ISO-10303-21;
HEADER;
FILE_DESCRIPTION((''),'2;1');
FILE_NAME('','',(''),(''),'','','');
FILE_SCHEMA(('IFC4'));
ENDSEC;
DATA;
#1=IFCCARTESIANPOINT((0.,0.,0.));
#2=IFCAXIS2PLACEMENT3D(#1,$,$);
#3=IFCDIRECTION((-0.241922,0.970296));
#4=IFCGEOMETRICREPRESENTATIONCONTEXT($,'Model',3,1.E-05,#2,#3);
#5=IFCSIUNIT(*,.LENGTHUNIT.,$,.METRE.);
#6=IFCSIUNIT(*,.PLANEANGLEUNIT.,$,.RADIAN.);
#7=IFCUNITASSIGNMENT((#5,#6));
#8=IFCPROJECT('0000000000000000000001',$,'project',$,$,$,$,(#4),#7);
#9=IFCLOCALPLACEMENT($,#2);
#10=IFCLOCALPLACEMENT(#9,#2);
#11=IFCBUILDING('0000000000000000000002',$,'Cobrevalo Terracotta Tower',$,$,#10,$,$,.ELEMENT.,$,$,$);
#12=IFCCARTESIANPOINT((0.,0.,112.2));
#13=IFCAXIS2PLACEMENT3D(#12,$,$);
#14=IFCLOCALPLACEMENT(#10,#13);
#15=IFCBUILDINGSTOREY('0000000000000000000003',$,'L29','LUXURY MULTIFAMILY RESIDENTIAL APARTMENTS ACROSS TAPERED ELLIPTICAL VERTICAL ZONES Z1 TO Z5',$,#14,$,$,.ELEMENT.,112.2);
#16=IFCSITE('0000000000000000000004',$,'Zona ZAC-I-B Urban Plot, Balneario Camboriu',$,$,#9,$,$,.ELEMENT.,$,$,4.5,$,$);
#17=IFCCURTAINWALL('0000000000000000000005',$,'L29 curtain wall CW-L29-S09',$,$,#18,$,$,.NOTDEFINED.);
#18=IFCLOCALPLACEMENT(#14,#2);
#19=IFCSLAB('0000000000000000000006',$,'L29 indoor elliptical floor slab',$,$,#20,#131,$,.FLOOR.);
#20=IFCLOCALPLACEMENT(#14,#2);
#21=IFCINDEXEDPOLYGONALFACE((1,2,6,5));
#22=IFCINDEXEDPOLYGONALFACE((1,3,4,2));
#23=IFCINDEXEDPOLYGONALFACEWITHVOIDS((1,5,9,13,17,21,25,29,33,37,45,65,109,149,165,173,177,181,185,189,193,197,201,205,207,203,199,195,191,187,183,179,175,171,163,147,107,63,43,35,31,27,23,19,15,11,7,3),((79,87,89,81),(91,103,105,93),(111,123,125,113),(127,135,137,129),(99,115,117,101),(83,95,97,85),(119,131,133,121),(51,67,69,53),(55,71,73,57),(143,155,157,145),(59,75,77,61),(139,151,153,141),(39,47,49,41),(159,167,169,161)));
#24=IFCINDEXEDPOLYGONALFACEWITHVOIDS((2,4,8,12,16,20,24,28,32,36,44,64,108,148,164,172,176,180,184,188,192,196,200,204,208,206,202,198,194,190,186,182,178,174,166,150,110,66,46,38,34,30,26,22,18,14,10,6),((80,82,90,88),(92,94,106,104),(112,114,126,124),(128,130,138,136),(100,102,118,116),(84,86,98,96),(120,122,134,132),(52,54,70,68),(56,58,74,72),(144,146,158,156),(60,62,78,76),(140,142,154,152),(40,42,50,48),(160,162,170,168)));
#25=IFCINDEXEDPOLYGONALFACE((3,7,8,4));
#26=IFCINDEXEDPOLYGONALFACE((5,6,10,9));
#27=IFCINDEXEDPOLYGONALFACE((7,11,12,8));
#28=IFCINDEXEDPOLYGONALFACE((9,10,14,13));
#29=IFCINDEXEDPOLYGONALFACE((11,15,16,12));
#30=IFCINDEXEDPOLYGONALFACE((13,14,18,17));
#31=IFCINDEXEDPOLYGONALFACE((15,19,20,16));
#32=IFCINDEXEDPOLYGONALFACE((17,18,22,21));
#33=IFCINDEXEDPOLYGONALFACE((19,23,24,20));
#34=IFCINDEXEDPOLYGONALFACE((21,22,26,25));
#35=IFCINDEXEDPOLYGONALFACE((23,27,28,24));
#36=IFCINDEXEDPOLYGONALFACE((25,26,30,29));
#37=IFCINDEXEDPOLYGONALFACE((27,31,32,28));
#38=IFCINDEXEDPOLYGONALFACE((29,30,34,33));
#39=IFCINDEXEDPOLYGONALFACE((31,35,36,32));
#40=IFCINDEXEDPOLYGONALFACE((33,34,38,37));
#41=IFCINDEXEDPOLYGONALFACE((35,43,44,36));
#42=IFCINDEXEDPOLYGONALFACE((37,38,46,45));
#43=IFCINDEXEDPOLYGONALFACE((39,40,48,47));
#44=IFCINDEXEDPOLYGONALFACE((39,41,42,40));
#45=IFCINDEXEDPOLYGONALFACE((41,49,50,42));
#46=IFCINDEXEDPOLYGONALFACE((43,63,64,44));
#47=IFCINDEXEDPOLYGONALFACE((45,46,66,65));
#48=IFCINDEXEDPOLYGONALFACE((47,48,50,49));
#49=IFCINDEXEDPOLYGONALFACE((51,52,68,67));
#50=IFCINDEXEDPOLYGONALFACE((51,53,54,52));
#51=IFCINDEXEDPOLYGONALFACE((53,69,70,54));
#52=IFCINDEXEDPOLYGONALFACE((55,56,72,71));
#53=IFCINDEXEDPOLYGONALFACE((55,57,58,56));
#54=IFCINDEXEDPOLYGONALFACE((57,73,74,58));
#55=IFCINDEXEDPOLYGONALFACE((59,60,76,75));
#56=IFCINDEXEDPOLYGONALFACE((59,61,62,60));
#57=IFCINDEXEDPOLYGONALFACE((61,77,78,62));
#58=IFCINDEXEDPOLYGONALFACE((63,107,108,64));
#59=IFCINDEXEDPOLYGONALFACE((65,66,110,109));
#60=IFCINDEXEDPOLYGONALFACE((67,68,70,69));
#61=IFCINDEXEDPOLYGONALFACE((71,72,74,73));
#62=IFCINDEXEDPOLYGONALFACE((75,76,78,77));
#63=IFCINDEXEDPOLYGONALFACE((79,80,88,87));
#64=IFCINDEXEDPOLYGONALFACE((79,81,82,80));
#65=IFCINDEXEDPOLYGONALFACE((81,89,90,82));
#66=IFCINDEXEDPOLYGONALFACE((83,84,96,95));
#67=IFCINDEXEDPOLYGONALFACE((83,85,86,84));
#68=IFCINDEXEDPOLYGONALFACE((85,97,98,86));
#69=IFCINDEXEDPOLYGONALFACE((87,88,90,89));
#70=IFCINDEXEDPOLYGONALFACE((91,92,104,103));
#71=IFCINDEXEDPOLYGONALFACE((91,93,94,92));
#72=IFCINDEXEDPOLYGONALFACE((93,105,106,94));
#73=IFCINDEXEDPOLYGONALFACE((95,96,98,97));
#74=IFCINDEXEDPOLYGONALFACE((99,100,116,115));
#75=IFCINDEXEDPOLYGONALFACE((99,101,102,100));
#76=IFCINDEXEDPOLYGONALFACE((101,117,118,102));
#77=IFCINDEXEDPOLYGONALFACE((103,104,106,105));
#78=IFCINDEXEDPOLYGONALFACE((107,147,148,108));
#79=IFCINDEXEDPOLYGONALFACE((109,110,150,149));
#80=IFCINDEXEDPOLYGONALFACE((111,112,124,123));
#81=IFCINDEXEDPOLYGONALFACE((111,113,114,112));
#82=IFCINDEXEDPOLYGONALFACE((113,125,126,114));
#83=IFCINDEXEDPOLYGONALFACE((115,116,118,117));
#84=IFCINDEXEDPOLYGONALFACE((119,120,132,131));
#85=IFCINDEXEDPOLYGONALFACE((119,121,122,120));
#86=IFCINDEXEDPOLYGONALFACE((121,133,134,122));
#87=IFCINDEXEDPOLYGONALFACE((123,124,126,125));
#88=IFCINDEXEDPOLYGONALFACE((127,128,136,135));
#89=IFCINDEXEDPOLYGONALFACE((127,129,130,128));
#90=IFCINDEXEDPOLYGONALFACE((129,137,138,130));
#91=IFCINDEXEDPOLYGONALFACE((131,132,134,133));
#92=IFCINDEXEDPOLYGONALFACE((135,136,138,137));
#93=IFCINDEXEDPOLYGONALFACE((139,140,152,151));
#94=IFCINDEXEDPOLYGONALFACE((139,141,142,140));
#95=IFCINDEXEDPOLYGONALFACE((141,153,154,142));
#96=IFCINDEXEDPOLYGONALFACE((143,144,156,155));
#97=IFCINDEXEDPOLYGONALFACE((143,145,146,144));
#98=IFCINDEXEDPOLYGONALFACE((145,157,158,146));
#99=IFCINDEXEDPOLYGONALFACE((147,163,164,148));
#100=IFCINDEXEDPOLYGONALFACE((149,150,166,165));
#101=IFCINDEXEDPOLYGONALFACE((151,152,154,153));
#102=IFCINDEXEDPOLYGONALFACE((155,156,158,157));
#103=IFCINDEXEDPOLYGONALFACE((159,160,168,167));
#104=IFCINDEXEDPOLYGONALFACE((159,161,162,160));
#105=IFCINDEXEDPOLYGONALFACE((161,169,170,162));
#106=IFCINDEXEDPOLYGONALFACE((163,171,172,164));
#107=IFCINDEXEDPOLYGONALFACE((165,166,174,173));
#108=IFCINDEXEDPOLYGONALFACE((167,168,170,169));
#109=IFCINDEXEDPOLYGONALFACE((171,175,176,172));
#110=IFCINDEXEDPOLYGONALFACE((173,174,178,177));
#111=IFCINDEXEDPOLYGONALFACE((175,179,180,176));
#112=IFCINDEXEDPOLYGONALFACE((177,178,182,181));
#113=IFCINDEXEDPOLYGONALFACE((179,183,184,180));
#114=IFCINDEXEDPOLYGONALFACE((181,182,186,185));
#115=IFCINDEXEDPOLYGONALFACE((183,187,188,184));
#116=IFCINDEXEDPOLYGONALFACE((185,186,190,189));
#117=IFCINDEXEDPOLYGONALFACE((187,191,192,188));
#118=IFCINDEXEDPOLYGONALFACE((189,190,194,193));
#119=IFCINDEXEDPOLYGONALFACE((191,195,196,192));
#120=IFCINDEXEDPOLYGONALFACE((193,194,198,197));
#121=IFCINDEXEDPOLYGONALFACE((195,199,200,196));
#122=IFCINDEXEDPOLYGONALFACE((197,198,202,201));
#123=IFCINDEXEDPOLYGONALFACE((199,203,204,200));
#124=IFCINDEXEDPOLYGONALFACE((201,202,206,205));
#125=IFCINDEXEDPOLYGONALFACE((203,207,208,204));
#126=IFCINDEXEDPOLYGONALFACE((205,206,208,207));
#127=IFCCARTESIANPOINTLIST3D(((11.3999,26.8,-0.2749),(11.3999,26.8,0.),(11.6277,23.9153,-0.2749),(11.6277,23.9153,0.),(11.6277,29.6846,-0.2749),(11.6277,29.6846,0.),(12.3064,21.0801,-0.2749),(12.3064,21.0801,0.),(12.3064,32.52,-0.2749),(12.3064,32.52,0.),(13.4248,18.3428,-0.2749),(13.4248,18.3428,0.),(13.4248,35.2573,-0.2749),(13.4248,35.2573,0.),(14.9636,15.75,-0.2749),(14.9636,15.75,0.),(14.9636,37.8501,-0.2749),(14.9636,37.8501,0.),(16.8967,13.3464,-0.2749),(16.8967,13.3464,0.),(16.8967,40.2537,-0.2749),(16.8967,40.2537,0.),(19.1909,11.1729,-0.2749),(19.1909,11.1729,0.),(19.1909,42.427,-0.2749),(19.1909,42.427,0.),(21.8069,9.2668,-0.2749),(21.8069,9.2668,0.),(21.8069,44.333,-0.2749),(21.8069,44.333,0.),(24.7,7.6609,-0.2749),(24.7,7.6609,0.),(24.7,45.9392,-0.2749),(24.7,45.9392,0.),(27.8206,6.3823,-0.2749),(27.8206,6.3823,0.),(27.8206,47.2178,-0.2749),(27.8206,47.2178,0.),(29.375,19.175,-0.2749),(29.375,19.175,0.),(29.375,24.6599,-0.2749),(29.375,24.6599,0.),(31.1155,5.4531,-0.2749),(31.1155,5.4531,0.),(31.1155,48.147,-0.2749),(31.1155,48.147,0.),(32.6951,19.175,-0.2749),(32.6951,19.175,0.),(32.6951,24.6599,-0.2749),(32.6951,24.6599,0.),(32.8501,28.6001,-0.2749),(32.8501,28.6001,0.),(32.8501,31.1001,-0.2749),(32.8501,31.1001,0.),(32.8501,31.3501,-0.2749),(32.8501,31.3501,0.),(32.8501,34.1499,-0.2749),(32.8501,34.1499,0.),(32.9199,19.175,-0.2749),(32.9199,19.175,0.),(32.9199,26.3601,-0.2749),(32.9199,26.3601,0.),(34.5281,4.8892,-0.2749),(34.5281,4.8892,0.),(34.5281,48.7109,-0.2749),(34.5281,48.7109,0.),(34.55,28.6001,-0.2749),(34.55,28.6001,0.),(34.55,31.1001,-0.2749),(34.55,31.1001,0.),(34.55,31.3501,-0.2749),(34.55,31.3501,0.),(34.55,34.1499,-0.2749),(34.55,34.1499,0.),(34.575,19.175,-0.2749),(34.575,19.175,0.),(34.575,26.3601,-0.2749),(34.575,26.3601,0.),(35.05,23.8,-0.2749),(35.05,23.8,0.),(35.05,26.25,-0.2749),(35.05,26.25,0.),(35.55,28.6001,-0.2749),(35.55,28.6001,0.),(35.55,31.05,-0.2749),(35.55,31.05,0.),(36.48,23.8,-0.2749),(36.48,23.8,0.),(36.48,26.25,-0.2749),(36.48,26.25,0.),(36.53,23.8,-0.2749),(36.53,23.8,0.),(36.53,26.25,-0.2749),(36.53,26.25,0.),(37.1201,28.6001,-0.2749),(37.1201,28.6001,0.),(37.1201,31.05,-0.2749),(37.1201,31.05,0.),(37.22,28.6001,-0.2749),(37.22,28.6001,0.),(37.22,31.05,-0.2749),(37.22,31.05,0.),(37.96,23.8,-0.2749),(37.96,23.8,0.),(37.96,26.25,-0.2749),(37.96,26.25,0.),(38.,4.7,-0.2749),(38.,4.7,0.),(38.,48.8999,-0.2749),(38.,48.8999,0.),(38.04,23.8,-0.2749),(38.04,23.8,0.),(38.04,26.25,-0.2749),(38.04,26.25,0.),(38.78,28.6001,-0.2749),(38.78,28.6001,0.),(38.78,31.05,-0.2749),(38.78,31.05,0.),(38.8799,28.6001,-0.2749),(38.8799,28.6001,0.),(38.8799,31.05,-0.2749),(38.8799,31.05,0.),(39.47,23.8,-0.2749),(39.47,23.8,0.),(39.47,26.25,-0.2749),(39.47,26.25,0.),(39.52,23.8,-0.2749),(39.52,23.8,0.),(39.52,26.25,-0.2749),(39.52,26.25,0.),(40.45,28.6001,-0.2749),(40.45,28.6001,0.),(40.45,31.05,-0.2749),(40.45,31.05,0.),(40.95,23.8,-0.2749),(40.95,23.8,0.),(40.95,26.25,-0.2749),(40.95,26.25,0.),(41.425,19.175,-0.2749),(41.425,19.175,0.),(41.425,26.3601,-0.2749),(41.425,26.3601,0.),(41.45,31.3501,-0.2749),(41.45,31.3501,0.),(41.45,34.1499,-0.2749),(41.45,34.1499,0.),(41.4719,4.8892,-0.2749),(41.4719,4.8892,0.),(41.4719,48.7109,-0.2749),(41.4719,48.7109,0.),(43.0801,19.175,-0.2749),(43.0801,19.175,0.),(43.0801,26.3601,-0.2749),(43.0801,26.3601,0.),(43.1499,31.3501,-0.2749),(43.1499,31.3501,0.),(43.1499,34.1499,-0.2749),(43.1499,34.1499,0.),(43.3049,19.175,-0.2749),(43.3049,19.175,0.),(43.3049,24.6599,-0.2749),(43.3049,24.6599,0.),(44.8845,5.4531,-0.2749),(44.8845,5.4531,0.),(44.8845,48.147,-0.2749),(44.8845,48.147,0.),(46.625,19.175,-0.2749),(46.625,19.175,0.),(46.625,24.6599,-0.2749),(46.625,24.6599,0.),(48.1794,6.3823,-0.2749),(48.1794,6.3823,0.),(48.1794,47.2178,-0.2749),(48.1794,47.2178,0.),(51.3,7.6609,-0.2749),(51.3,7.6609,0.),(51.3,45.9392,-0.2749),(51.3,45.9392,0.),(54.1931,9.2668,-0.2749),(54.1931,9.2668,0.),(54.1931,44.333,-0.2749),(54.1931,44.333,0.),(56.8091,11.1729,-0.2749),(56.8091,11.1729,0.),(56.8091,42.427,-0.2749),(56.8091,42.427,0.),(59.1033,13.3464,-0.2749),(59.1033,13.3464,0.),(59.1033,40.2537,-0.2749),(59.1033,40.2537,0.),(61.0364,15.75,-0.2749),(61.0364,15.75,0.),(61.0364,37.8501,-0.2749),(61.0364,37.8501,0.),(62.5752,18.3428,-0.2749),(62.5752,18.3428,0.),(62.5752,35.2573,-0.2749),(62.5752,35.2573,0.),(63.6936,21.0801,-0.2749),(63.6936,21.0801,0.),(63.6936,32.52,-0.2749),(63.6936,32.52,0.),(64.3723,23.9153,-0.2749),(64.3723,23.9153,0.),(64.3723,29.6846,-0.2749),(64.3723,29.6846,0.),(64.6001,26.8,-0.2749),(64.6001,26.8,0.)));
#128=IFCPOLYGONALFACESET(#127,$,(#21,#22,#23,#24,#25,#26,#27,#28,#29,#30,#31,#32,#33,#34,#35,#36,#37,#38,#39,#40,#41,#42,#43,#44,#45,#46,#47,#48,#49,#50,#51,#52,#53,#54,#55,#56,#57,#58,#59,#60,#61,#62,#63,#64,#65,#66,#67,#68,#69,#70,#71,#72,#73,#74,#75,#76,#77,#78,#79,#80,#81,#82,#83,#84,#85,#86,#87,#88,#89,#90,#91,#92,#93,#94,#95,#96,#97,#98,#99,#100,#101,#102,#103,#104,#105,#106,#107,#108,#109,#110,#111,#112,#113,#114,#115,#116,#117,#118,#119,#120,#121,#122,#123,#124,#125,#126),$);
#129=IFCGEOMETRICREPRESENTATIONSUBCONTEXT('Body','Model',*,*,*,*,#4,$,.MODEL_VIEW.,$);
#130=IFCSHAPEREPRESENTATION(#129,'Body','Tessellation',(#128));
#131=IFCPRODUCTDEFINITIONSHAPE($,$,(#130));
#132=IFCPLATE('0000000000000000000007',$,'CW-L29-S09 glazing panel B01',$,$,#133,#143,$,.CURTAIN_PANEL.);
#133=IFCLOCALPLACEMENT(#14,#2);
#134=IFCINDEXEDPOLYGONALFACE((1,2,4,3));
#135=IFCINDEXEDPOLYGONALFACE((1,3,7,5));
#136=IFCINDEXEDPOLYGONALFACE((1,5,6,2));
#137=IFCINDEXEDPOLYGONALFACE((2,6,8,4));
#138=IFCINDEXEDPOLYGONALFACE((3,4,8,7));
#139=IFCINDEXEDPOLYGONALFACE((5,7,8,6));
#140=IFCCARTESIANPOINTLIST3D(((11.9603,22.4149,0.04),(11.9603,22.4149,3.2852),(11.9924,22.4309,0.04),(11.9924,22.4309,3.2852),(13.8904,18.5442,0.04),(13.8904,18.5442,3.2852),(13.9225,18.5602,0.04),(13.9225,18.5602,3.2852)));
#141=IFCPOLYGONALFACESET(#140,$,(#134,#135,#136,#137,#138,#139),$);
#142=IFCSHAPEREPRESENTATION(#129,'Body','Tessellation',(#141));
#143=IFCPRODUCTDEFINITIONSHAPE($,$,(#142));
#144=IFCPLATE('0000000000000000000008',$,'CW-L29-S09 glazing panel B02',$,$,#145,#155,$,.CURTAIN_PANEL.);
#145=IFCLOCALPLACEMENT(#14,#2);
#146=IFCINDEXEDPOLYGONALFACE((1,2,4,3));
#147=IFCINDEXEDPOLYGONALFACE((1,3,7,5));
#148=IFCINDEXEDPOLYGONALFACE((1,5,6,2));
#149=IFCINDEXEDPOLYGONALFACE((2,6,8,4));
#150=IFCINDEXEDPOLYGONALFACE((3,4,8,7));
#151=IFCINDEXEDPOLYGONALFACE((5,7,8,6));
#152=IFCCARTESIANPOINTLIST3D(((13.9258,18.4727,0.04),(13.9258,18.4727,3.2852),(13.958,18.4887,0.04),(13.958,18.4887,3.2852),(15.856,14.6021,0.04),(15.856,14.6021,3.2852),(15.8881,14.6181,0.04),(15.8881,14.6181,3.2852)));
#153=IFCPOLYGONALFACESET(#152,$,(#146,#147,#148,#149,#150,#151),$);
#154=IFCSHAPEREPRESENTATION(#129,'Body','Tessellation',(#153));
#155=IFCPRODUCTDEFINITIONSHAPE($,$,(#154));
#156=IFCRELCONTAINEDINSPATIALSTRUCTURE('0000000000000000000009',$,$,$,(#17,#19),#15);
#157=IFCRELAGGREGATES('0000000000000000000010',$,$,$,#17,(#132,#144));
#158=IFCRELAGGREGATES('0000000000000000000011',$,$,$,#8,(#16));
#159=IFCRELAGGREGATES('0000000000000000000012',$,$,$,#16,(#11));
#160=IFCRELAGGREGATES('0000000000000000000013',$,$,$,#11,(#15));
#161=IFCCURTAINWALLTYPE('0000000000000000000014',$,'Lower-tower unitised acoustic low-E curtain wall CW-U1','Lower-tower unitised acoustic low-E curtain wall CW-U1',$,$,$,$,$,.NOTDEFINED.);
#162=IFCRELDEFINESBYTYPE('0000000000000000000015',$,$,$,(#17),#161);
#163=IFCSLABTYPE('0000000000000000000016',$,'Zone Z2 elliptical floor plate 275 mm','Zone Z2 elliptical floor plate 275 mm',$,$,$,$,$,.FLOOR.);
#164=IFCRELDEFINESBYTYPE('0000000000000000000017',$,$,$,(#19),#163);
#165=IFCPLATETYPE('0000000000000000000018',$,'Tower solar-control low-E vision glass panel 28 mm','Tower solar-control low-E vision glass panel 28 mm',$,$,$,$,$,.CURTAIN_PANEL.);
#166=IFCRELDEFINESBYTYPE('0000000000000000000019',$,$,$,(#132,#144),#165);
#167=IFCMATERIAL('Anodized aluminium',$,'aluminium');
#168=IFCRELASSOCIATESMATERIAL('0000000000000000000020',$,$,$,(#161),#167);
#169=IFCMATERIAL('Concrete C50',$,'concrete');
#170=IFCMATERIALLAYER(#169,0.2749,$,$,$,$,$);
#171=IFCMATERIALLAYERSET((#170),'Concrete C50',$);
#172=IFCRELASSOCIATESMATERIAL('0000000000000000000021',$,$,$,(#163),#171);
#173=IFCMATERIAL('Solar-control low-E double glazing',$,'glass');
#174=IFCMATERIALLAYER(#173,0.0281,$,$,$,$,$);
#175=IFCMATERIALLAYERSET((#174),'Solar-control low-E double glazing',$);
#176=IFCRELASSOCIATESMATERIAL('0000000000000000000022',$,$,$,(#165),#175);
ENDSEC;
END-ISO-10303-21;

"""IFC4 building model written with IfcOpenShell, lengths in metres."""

from ifc_helpers import new_model, si_unit, direction, frame, origin, origin_2d, place, context, subcontext, project, spatial, polyline, rectangle, outline, extrude, source, transform, mapped, material, layer, layer_set, type_object, element, aggregate, save


model = new_model("IFC4")

# Units and contexts
model_context = context("Model", 3, precision=1e-05, world=origin(), true_north=direction((-0.241922, 0.970296)))
body_context = subcontext(model_context, "Body", "Model", "MODEL_VIEW")
ifc_project = project(units=[si_unit("LENGTHUNIT", "METRE"), si_unit("PLANEANGLEUNIT", "RADIAN")], contexts=[model_context])

# Site, building, storey
site_placement = place(None, origin())
site = spatial("IfcSite", under=ifc_project, at=site_placement, Name="Zona ZAC-I-B Urban Plot, Balneario Camboriu", CompositionType="ELEMENT", RefElevation=4.5)
building_placement = place(site_placement, origin())
building = spatial("IfcBuilding", under=site, at=building_placement, Name="Cobrevalo Terracotta Tower", CompositionType="ELEMENT")
storey_placement = place(building_placement, frame((0.0, 0.0, 112.2)))
storey = spatial("IfcBuildingStorey", under=building, at=storey_placement, Name="L29", Description="LUXURY MULTIFAMILY RESIDENTIAL APARTMENTS ACROSS TAPERED ELLIPTICAL VERTICAL ZONES Z1 TO Z5", CompositionType="ELEMENT", Elevation=112.2)

# Curtain wall
ifc_material_1 = material(Name="Anodized aluminium", Category="aluminium")
curtain_wall_type = type_object("IfcCurtainWallType", Name="Lower-tower unitised acoustic low-E curtain wall CW-U1", Description="Lower-tower unitised acoustic low-E curtain wall CW-U1", PredefinedType="NOTDEFINED", material=ifc_material_1)
curtain_wall_1_placement = place(storey_placement, origin())
curtain_wall_1 = element("IfcCurtainWall", 1, at=curtain_wall_1_placement, inside=storey, type_object=curtain_wall_type, Name="L29 curtain wall CW-L29-S09", PredefinedType="NOTDEFINED")

# Shared definitions
ifc_material_2 = material(Name="Concrete C50", Category="concrete")

# Slab
ifc_layer_1 = layer(ifc_material_2, 0.2749)
ifc_layer_set_1 = layer_set([ifc_layer_1], Name="Concrete C50")
slab_type_1 = type_object("IfcSlabType", Name="Zone Z2 elliptical floor plate 275 mm", Description="Zone Z2 elliptical floor plate 275 mm", PredefinedType="FLOOR", material=ifc_layer_set_1)
slab_1_placement = place(storey_placement, frame((0.0, 0.0, -0.2749)))
element("IfcSlab", 2, at=slab_1_placement, inside=storey, type_object=slab_type_1, Name="L29 indoor elliptical floor slab", PredefinedType="FLOOR", context=body_context, shape_type="SweptSolid", body=[
    extrude(outline(polyline([(64.3723, 23.9153), (63.6936, 21.0801), (62.5752, 18.3428), (61.0364, 15.75), (59.1033, 13.3464), (56.8091, 11.1729), (54.1931, 9.2668), (51.3, 7.6609), (48.1794, 6.3823), (44.8845, 5.4531), (41.4719, 4.8892), (38.0, 4.7), (34.5281, 4.8892), (31.1155, 5.4531), (27.8206, 6.3823), (24.7, 7.6609), (21.8069, 9.2668), (19.1909, 11.1729), (16.8967, 13.3464), (14.9636, 15.75), (13.4248, 18.3428), (12.3064, 21.0801), (11.6277, 23.9153), (11.3999, 26.8), (11.6277, 29.6846), (12.3064, 32.52), (13.4248, 35.2573), (14.9636, 37.8501), (16.8967, 40.2537), (19.1909, 42.427), (21.8069, 44.333), (24.7, 45.9392), (27.8206, 47.2178), (31.1155, 48.147), (34.5281, 48.7109), (38.0, 48.8999), (41.4719, 48.7109), (44.8845, 48.147), (48.1794, 47.2178), (51.3, 45.9392), (54.1931, 44.333), (56.8091, 42.427), (59.1033, 40.2537), (61.0364, 37.8501), (62.5752, 35.2573), (63.6936, 32.52), (64.3723, 29.6846), (64.6001, 26.8), (64.3723, 23.9153)]), holes=[polyline([(32.6951, 19.175), (32.6951, 24.6599), (29.375, 24.6599), (29.375, 19.175), (32.6951, 19.175)]), polyline([(34.575, 19.175), (34.575, 26.3601), (32.9199, 26.3601), (32.9199, 19.175), (34.575, 19.175)]), polyline([(36.48, 23.8), (36.48, 26.25), (35.05, 26.25), (35.05, 23.8), (36.48, 23.8)]), polyline([(37.96, 23.8), (37.96, 26.25), (36.53, 26.25), (36.53, 23.8), (37.96, 23.8)]), polyline([(37.1201, 28.6001), (37.1201, 31.05), (35.55, 31.05), (35.55, 28.6001), (37.1201, 28.6001)]), polyline([(34.55, 28.6001), (34.55, 31.1001), (32.8501, 31.1001), (32.8501, 28.6001), (34.55, 28.6001)]), polyline([(34.55, 31.3501), (34.55, 34.1499), (32.8501, 34.1499), (32.8501, 31.3501), (34.55, 31.3501)]), polyline([(46.625, 19.175), (46.625, 24.6599), (43.3049, 24.6599), (43.3049, 19.175), (46.625, 19.175)]), polyline([(43.0801, 19.175), (43.0801, 26.3601), (41.425, 26.3601), (41.425, 19.175), (43.0801, 19.175)]), polyline([(39.47, 23.8), (39.47, 26.25), (38.04, 26.25), (38.04, 23.8), (39.47, 23.8)]), polyline([(40.95, 23.8), (40.95, 26.25), (39.52, 26.25), (39.52, 23.8), (40.95, 23.8)]), polyline([(38.78, 28.6001), (38.78, 31.05), (37.22, 31.05), (37.22, 28.6001), (38.78, 28.6001)]), polyline([(40.45, 28.6001), (40.45, 31.05), (38.8799, 31.05), (38.8799, 28.6001), (40.45, 28.6001)]), polyline([(43.1499, 31.3501), (43.1499, 34.1499), (41.45, 34.1499), (41.45, 31.3501), (43.1499, 31.3501)])]), origin(), (0.0, 0.0, 1.0), 0.2749),
])

# Plates
ifc_material_3 = material(Name="Solar-control low-E double glazing", Category="glass")
ifc_layer_2 = layer(ifc_material_3, 0.0281)
ifc_layer_set_2 = layer_set([ifc_layer_2], Name="Solar-control low-E double glazing")
plate_type = type_object("IfcPlateType", Name="Tower solar-control low-E vision glass panel 28 mm", Description="Tower solar-control low-E vision glass panel 28 mm", PredefinedType="CURTAIN_PANEL", material=ifc_layer_set_2)
shared_shape_1 = source(origin(), body_context, "Body", "SweptSolid", [
    extrude(rectangle(XDim=4.3252, YDim=0.0359, at=origin_2d()), origin(), (0.0, 0.0, 1.0), 3.2451),
])
plate_1_placement = place(storey_placement, frame((12.9414, 20.4875, 0.04), z_axis=(0.0, 0.0, 1.0), x_axis=(0.446262, -0.894902, 0.0)))
plate_1 = element("IfcPlate", 3, at=plate_1_placement, type_object=plate_type, Name="CW-L29-S09 glazing panel B01", PredefinedType="CURTAIN_PANEL", context=body_context, shape_type="MappedRepresentation", body=[
    mapped(shared_shape_1, transform((0.0, 0.0, 0.0), scale=1.0)),
])
plate_2_placement = place(storey_placement, frame((14.907, 16.5454, 0.04), z_axis=(0.0, 0.0, 1.0), x_axis=(0.446262, -0.894902, 0.0)))
plate_2 = element("IfcPlate", 4, at=plate_2_placement, type_object=plate_type, Name="CW-L29-S09 glazing panel B02", PredefinedType="CURTAIN_PANEL", context=body_context, shape_type="MappedRepresentation", body=[
    mapped(shared_shape_1, transform((0.0, 0.0, 0.0), scale=1.0)),
])
aggregate(curtain_wall_1, [plate_1, plate_2])

save(model, "model.ifc")
